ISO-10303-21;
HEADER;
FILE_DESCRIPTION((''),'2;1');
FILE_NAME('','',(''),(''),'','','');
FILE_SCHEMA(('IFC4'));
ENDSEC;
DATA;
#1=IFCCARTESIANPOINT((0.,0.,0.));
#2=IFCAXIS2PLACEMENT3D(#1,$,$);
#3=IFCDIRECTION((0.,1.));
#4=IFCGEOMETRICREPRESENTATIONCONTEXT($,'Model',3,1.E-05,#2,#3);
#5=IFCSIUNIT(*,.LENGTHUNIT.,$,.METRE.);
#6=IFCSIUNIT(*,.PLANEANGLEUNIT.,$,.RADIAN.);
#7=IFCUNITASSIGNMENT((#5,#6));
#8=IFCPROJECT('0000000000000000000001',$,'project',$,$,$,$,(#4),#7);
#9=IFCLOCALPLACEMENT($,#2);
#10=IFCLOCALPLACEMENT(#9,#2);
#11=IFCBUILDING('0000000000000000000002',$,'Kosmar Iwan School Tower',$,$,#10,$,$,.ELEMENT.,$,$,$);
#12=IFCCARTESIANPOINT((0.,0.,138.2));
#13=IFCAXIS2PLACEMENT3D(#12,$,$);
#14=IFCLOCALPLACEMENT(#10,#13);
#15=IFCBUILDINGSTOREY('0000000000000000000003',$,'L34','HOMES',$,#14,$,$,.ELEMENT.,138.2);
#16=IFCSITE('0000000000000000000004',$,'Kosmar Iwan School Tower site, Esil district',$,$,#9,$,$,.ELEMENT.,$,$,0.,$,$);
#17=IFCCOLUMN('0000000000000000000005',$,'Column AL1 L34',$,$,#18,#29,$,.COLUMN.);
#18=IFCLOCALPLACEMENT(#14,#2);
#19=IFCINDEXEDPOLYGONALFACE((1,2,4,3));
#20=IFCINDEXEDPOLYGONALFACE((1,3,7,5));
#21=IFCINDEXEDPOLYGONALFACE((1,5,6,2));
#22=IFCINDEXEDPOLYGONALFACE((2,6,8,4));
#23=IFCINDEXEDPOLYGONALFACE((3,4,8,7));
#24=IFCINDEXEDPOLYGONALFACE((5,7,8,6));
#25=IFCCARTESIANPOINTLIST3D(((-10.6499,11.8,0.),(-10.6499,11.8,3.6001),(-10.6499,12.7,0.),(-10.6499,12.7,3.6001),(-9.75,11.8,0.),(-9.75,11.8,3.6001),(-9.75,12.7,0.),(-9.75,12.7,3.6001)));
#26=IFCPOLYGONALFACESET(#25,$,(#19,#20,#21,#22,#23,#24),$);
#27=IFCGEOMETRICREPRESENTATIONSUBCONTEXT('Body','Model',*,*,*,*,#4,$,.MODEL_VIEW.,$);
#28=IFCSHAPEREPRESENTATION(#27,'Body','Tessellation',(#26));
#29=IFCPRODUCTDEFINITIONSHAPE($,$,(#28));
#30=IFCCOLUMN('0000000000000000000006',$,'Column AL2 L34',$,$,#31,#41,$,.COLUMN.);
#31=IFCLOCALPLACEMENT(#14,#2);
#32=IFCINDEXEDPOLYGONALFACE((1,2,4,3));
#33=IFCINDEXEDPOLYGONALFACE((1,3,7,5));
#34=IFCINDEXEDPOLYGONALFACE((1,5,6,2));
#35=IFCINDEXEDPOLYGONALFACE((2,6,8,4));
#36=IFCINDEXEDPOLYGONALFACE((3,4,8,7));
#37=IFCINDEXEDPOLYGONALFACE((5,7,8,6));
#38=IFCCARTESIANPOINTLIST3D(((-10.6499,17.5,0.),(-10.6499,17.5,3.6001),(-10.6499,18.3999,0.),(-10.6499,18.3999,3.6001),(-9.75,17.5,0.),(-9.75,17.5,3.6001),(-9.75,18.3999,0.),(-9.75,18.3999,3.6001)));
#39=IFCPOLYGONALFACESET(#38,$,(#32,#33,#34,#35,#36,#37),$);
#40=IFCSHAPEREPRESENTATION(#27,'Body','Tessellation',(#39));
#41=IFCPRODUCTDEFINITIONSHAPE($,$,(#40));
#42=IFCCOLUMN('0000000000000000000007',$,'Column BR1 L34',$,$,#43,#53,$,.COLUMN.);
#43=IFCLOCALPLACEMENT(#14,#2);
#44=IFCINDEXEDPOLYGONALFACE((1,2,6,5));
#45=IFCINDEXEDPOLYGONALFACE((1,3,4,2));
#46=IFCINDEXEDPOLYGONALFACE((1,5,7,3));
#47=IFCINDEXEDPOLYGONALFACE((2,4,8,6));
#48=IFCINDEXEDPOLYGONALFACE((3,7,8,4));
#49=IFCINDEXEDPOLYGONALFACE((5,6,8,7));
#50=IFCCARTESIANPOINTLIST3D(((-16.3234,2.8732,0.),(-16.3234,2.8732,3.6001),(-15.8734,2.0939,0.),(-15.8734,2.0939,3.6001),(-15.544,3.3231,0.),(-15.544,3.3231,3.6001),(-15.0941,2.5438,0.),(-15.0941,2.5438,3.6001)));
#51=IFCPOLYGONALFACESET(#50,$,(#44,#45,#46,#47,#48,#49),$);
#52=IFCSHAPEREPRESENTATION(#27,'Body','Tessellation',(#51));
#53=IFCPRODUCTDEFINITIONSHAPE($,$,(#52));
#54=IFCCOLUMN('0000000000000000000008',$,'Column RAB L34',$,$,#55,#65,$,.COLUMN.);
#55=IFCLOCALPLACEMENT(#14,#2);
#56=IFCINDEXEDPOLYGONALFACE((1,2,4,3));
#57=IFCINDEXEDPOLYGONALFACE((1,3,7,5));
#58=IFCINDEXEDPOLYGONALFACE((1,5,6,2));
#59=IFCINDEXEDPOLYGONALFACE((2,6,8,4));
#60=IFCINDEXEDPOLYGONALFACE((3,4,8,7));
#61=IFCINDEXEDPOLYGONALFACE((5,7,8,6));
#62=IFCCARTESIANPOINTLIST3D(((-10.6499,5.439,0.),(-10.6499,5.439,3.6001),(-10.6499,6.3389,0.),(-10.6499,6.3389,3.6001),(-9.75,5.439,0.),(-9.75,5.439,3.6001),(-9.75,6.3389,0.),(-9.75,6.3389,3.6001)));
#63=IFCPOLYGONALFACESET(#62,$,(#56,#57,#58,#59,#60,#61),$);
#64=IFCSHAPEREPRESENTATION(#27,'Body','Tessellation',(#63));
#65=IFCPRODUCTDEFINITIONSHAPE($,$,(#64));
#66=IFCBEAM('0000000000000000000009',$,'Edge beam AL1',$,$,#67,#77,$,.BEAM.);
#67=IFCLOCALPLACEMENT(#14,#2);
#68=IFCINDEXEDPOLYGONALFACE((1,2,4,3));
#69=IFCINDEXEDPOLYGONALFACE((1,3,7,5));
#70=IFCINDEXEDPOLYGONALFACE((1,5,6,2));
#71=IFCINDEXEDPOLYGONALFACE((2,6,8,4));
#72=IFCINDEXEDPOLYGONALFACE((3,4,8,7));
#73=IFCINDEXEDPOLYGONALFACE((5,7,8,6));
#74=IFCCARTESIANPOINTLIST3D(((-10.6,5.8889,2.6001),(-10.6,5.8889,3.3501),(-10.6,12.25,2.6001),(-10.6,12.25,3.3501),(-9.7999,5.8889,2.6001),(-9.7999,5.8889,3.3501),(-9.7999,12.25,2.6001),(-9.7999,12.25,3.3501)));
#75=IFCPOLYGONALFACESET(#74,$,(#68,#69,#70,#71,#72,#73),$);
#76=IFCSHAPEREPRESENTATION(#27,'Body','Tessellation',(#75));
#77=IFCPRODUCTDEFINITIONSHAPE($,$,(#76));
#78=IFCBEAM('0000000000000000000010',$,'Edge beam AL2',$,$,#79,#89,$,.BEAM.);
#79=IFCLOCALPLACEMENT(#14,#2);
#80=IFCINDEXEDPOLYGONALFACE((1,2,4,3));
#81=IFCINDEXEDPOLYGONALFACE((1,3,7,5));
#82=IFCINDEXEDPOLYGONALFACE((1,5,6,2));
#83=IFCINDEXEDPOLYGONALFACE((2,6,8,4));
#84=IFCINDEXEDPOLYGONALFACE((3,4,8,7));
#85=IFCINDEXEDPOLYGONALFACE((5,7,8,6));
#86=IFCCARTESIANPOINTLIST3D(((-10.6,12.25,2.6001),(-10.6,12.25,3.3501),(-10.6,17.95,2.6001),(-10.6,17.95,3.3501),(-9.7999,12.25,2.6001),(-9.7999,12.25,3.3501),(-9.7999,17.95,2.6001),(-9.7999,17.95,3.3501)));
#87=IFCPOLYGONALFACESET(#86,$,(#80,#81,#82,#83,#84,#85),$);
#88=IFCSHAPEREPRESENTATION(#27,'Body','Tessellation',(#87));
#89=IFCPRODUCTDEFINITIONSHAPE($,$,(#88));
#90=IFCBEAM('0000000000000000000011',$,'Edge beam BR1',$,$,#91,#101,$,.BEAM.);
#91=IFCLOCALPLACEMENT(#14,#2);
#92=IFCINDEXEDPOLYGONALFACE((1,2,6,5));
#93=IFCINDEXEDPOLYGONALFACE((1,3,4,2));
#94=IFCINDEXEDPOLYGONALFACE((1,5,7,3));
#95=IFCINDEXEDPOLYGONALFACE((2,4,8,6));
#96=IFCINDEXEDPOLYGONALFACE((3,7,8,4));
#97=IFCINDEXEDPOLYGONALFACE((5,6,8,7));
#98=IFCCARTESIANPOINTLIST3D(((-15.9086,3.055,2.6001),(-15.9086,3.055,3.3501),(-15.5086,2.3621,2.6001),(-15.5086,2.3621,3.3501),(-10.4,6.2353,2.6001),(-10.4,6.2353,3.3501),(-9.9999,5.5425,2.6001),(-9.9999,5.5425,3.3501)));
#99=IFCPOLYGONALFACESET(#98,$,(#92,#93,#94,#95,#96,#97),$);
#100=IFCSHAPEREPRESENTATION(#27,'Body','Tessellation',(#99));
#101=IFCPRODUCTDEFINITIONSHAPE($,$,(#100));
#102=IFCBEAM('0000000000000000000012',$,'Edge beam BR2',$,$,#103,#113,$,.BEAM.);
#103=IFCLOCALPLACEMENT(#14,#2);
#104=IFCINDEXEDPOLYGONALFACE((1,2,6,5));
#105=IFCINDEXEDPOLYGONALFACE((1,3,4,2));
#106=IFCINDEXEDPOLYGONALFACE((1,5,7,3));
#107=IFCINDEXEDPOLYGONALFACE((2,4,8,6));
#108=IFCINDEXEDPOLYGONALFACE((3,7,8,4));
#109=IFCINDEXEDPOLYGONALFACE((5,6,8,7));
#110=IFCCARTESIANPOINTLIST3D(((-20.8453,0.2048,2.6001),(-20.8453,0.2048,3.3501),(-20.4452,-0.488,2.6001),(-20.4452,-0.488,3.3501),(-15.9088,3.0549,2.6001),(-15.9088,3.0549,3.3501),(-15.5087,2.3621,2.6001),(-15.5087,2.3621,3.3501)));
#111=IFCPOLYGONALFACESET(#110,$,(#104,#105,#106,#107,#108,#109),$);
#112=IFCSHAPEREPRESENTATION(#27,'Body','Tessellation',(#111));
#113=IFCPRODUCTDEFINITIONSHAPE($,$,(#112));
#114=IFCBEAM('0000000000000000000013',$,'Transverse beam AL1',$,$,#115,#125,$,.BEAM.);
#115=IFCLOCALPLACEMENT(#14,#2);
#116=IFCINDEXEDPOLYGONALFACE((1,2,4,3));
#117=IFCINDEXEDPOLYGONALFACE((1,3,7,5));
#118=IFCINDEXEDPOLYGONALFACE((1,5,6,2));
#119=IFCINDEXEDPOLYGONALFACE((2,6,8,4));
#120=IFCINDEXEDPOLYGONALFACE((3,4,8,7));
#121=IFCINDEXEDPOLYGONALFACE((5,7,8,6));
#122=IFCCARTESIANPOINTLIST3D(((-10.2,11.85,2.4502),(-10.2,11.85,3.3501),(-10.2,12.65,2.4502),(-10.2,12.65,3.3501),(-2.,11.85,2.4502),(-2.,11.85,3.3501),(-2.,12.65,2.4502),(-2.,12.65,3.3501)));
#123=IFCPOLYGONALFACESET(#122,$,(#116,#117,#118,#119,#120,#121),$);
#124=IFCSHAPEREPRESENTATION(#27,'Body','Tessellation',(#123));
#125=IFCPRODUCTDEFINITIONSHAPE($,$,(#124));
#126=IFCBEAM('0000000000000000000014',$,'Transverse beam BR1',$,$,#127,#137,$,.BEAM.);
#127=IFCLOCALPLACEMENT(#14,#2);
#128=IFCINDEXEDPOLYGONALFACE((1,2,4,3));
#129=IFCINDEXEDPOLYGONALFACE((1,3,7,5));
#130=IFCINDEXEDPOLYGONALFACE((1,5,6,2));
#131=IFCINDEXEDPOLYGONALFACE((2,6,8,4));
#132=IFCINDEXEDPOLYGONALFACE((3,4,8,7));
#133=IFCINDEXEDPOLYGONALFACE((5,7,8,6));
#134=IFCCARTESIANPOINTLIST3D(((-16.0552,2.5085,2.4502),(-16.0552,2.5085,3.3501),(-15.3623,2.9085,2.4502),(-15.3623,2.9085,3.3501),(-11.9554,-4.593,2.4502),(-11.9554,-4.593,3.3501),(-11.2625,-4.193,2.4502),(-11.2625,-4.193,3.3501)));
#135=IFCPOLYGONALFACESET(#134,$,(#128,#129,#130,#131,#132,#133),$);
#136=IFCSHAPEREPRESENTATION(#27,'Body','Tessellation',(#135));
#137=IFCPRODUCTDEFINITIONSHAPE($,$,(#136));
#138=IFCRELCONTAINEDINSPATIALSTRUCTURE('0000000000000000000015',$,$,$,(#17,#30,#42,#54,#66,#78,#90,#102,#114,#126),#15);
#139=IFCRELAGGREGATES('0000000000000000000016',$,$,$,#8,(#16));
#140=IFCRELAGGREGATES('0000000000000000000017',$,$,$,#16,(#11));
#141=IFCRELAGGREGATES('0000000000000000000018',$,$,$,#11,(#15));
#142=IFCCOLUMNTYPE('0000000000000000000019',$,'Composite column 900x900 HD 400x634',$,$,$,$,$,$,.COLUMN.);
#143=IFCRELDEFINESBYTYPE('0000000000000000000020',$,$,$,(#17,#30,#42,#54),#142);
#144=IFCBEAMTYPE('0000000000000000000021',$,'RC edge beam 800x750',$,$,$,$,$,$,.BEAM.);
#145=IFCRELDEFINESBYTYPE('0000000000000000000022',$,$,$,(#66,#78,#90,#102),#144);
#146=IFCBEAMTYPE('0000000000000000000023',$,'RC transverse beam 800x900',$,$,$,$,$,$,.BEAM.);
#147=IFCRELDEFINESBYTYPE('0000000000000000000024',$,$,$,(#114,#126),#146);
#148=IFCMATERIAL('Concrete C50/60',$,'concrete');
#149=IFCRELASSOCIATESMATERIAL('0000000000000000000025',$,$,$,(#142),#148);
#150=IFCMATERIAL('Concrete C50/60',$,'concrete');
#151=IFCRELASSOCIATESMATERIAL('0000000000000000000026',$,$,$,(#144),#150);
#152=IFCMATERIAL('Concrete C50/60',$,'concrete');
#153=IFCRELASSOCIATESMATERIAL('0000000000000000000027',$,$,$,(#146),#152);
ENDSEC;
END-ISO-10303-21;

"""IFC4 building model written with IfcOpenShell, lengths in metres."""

from ifc_helpers import new_model, si_unit, direction, frame, origin, origin_2d, place, context, subcontext, project, spatial, rectangle, extrude, material, material_profile, profile_set, type_object, element, save


model = new_model("IFC4")

# Units and contexts
model_context = context("Model", 3, precision=1e-05, world=origin(), true_north=direction((0.0, 1.0)))
body_context = subcontext(model_context, "Body", "Model", "MODEL_VIEW")
ifc_project = project(units=[si_unit("LENGTHUNIT", "METRE"), si_unit("PLANEANGLEUNIT", "RADIAN")], contexts=[model_context])

# Site, building, storey
site_placement = place(None, origin())
site = spatial("IfcSite", under=ifc_project, at=site_placement, Name="Kosmar Iwan School Tower site, Esil district", CompositionType="ELEMENT", RefElevation=0.0)
building_placement = place(site_placement, origin())
building = spatial("IfcBuilding", under=site, at=building_placement, Name="Kosmar Iwan School Tower", CompositionType="ELEMENT")
storey_placement = place(building_placement, frame((0.0, 0.0, 138.2)))
storey = spatial("IfcBuildingStorey", under=building, at=storey_placement, Name="L34", Description="HOMES", CompositionType="ELEMENT", Elevation=138.2)

# Columns
ifc_material_1 = material(Name="Concrete C50/60", Category="concrete")
ifc_material_profile_1 = material_profile(ifc_material_1, rectangle(XDim=0.8999, YDim=0.8999, at=origin_2d()), Name="RC 900x900 + HD 400x634")
ifc_profile_set_1 = profile_set([ifc_material_profile_1], Name="Concrete C50/60")
column_type = type_object("IfcColumnType", Name="Composite column 900x900 HD 400x634", PredefinedType="COLUMN", material=ifc_profile_set_1)
for number, where, z_axis, x_axis, name in (
    (1, (-10.2, 12.25, 0.0), (0.0, 0.0, 1.0), (0.0, 1.0, 0.0), "Column AL1 L34"),
    (2, (-10.2, 17.95, 0.0), (0.0, 0.0, 1.0), (0.0, 1.0, 0.0), "Column AL2 L34"),
    (3, (-15.7087, 2.7085, 0.0), (0.0, 0.0, 1.0), (-0.866025, -0.5, 0.0), "Column BR1 L34"),
    (4, (-10.2, 5.8889, 0.0), (0.0, 0.0, 1.0), (1.0, 0.0, 0.0), "Column RAB L34"),
):
    element("IfcColumn", number, at=place(storey_placement, frame(where, z_axis=z_axis, x_axis=x_axis)), inside=storey, type_object=column_type, Name=name, PredefinedType="COLUMN", context=body_context, shape_type="SweptSolid", body=[
        extrude(rectangle(XDim=0.8999, YDim=0.8999, at=origin_2d()), origin(), (0.0, 0.0, 1.0), 3.6001),
    ])

# Beams
ifc_material_2 = material(Name="Concrete C50/60", Category="concrete")
ifc_material_profile_2 = material_profile(ifc_material_2, rectangle(XDim=0.8, YDim=0.75, at=origin_2d()), Name="RC 800x750")
ifc_profile_set_2 = profile_set([ifc_material_profile_2], Name="Concrete C50/60")
beam_type_1 = type_object("IfcBeamType", Name="RC edge beam 800x750", PredefinedType="BEAM", material=ifc_profile_set_2)
beam_1_placement = place(storey_placement, frame((-10.2, 5.8889, 2.9751), z_axis=(0.0, 1.0, 0.0), x_axis=(-1.0, 0.0, 0.0)))
element("IfcBeam", 5, at=beam_1_placement, inside=storey, type_object=beam_type_1, Name="Edge beam AL1", PredefinedType="BEAM", context=body_context, shape_type="SweptSolid", body=[
    extrude(rectangle(XDim=0.8, YDim=0.75, at=origin_2d()), origin(), (0.0, 0.0, 1.0), 6.3611),
])
beam_2_placement = place(storey_placement, frame((-10.2, 12.25, 2.9751), z_axis=(0.0, 1.0, 0.0), x_axis=(-1.0, 0.0, 0.0)))
element("IfcBeam", 6, at=beam_2_placement, inside=storey, type_object=beam_type_1, Name="Edge beam AL2", PredefinedType="BEAM", context=body_context, shape_type="SweptSolid", body=[
    extrude(rectangle(XDim=0.8, YDim=0.75, at=origin_2d()), origin(), (0.0, 0.0, 1.0), 5.7),
])
beam_3_placement = place(storey_placement, frame((-10.2, 5.8889, 2.9751), z_axis=(-0.866031, -0.49999, 0.0), x_axis=(0.49999, -0.866031, 0.0)))
element("IfcBeam", 7, at=beam_3_placement, inside=storey, type_object=beam_type_1, Name="Edge beam BR1", PredefinedType="BEAM", context=body_context, shape_type="SweptSolid", body=[
    extrude(rectangle(XDim=0.8, YDim=0.75, at=origin_2d()), origin(), (0.0, 0.0, 1.0), 6.3608),
])
beam_4_placement = place(storey_placement, frame((-15.7087, 2.7085, 2.9751), z_axis=(-0.866026, -0.499999, 0.0), x_axis=(0.499999, -0.866026, 0.0)))
element("IfcBeam", 8, at=beam_4_placement, inside=storey, type_object=beam_type_1, Name="Edge beam BR2", PredefinedType="BEAM", context=body_context, shape_type="SweptSolid", body=[
    extrude(rectangle(XDim=0.8, YDim=0.75, at=origin_2d()), origin(), (0.0, 0.0, 1.0), 5.7002),
])
ifc_material_3 = material(Name="Concrete C50/60", Category="concrete")
ifc_material_profile_3 = material_profile(ifc_material_3, rectangle(XDim=0.8, YDim=0.8999, at=origin_2d()), Name="RC 800x900")
ifc_profile_set_3 = profile_set([ifc_material_profile_3], Name="Concrete C50/60")
beam_type_2 = type_object("IfcBeamType", Name="RC transverse beam 800x900", PredefinedType="BEAM", material=ifc_profile_set_3)
for number, where, z_axis, x_axis, name in (
    (9, (-10.2, 12.25, 2.9001), (1.0, 0.0, 0.0), (0.0, 1.0, 0.0), "Transverse beam AL1"),
    (10, (-15.7087, 2.7085, 2.9001), (0.499978, -0.866038, 0.0), (0.866038, 0.499978, 0.0), "Transverse beam BR1"),
):
    element("IfcBeam", number, at=place(storey_placement, frame(where, z_axis=z_axis, x_axis=x_axis)), inside=storey, type_object=beam_type_2, Name=name, PredefinedType="BEAM", context=body_context, shape_type="SweptSolid", body=[
        extrude(rectangle(XDim=0.8, YDim=0.8999, at=origin_2d()), origin(), (0.0, 0.0, 1.0), 8.2),
    ])

save(model, "model.ifc")
